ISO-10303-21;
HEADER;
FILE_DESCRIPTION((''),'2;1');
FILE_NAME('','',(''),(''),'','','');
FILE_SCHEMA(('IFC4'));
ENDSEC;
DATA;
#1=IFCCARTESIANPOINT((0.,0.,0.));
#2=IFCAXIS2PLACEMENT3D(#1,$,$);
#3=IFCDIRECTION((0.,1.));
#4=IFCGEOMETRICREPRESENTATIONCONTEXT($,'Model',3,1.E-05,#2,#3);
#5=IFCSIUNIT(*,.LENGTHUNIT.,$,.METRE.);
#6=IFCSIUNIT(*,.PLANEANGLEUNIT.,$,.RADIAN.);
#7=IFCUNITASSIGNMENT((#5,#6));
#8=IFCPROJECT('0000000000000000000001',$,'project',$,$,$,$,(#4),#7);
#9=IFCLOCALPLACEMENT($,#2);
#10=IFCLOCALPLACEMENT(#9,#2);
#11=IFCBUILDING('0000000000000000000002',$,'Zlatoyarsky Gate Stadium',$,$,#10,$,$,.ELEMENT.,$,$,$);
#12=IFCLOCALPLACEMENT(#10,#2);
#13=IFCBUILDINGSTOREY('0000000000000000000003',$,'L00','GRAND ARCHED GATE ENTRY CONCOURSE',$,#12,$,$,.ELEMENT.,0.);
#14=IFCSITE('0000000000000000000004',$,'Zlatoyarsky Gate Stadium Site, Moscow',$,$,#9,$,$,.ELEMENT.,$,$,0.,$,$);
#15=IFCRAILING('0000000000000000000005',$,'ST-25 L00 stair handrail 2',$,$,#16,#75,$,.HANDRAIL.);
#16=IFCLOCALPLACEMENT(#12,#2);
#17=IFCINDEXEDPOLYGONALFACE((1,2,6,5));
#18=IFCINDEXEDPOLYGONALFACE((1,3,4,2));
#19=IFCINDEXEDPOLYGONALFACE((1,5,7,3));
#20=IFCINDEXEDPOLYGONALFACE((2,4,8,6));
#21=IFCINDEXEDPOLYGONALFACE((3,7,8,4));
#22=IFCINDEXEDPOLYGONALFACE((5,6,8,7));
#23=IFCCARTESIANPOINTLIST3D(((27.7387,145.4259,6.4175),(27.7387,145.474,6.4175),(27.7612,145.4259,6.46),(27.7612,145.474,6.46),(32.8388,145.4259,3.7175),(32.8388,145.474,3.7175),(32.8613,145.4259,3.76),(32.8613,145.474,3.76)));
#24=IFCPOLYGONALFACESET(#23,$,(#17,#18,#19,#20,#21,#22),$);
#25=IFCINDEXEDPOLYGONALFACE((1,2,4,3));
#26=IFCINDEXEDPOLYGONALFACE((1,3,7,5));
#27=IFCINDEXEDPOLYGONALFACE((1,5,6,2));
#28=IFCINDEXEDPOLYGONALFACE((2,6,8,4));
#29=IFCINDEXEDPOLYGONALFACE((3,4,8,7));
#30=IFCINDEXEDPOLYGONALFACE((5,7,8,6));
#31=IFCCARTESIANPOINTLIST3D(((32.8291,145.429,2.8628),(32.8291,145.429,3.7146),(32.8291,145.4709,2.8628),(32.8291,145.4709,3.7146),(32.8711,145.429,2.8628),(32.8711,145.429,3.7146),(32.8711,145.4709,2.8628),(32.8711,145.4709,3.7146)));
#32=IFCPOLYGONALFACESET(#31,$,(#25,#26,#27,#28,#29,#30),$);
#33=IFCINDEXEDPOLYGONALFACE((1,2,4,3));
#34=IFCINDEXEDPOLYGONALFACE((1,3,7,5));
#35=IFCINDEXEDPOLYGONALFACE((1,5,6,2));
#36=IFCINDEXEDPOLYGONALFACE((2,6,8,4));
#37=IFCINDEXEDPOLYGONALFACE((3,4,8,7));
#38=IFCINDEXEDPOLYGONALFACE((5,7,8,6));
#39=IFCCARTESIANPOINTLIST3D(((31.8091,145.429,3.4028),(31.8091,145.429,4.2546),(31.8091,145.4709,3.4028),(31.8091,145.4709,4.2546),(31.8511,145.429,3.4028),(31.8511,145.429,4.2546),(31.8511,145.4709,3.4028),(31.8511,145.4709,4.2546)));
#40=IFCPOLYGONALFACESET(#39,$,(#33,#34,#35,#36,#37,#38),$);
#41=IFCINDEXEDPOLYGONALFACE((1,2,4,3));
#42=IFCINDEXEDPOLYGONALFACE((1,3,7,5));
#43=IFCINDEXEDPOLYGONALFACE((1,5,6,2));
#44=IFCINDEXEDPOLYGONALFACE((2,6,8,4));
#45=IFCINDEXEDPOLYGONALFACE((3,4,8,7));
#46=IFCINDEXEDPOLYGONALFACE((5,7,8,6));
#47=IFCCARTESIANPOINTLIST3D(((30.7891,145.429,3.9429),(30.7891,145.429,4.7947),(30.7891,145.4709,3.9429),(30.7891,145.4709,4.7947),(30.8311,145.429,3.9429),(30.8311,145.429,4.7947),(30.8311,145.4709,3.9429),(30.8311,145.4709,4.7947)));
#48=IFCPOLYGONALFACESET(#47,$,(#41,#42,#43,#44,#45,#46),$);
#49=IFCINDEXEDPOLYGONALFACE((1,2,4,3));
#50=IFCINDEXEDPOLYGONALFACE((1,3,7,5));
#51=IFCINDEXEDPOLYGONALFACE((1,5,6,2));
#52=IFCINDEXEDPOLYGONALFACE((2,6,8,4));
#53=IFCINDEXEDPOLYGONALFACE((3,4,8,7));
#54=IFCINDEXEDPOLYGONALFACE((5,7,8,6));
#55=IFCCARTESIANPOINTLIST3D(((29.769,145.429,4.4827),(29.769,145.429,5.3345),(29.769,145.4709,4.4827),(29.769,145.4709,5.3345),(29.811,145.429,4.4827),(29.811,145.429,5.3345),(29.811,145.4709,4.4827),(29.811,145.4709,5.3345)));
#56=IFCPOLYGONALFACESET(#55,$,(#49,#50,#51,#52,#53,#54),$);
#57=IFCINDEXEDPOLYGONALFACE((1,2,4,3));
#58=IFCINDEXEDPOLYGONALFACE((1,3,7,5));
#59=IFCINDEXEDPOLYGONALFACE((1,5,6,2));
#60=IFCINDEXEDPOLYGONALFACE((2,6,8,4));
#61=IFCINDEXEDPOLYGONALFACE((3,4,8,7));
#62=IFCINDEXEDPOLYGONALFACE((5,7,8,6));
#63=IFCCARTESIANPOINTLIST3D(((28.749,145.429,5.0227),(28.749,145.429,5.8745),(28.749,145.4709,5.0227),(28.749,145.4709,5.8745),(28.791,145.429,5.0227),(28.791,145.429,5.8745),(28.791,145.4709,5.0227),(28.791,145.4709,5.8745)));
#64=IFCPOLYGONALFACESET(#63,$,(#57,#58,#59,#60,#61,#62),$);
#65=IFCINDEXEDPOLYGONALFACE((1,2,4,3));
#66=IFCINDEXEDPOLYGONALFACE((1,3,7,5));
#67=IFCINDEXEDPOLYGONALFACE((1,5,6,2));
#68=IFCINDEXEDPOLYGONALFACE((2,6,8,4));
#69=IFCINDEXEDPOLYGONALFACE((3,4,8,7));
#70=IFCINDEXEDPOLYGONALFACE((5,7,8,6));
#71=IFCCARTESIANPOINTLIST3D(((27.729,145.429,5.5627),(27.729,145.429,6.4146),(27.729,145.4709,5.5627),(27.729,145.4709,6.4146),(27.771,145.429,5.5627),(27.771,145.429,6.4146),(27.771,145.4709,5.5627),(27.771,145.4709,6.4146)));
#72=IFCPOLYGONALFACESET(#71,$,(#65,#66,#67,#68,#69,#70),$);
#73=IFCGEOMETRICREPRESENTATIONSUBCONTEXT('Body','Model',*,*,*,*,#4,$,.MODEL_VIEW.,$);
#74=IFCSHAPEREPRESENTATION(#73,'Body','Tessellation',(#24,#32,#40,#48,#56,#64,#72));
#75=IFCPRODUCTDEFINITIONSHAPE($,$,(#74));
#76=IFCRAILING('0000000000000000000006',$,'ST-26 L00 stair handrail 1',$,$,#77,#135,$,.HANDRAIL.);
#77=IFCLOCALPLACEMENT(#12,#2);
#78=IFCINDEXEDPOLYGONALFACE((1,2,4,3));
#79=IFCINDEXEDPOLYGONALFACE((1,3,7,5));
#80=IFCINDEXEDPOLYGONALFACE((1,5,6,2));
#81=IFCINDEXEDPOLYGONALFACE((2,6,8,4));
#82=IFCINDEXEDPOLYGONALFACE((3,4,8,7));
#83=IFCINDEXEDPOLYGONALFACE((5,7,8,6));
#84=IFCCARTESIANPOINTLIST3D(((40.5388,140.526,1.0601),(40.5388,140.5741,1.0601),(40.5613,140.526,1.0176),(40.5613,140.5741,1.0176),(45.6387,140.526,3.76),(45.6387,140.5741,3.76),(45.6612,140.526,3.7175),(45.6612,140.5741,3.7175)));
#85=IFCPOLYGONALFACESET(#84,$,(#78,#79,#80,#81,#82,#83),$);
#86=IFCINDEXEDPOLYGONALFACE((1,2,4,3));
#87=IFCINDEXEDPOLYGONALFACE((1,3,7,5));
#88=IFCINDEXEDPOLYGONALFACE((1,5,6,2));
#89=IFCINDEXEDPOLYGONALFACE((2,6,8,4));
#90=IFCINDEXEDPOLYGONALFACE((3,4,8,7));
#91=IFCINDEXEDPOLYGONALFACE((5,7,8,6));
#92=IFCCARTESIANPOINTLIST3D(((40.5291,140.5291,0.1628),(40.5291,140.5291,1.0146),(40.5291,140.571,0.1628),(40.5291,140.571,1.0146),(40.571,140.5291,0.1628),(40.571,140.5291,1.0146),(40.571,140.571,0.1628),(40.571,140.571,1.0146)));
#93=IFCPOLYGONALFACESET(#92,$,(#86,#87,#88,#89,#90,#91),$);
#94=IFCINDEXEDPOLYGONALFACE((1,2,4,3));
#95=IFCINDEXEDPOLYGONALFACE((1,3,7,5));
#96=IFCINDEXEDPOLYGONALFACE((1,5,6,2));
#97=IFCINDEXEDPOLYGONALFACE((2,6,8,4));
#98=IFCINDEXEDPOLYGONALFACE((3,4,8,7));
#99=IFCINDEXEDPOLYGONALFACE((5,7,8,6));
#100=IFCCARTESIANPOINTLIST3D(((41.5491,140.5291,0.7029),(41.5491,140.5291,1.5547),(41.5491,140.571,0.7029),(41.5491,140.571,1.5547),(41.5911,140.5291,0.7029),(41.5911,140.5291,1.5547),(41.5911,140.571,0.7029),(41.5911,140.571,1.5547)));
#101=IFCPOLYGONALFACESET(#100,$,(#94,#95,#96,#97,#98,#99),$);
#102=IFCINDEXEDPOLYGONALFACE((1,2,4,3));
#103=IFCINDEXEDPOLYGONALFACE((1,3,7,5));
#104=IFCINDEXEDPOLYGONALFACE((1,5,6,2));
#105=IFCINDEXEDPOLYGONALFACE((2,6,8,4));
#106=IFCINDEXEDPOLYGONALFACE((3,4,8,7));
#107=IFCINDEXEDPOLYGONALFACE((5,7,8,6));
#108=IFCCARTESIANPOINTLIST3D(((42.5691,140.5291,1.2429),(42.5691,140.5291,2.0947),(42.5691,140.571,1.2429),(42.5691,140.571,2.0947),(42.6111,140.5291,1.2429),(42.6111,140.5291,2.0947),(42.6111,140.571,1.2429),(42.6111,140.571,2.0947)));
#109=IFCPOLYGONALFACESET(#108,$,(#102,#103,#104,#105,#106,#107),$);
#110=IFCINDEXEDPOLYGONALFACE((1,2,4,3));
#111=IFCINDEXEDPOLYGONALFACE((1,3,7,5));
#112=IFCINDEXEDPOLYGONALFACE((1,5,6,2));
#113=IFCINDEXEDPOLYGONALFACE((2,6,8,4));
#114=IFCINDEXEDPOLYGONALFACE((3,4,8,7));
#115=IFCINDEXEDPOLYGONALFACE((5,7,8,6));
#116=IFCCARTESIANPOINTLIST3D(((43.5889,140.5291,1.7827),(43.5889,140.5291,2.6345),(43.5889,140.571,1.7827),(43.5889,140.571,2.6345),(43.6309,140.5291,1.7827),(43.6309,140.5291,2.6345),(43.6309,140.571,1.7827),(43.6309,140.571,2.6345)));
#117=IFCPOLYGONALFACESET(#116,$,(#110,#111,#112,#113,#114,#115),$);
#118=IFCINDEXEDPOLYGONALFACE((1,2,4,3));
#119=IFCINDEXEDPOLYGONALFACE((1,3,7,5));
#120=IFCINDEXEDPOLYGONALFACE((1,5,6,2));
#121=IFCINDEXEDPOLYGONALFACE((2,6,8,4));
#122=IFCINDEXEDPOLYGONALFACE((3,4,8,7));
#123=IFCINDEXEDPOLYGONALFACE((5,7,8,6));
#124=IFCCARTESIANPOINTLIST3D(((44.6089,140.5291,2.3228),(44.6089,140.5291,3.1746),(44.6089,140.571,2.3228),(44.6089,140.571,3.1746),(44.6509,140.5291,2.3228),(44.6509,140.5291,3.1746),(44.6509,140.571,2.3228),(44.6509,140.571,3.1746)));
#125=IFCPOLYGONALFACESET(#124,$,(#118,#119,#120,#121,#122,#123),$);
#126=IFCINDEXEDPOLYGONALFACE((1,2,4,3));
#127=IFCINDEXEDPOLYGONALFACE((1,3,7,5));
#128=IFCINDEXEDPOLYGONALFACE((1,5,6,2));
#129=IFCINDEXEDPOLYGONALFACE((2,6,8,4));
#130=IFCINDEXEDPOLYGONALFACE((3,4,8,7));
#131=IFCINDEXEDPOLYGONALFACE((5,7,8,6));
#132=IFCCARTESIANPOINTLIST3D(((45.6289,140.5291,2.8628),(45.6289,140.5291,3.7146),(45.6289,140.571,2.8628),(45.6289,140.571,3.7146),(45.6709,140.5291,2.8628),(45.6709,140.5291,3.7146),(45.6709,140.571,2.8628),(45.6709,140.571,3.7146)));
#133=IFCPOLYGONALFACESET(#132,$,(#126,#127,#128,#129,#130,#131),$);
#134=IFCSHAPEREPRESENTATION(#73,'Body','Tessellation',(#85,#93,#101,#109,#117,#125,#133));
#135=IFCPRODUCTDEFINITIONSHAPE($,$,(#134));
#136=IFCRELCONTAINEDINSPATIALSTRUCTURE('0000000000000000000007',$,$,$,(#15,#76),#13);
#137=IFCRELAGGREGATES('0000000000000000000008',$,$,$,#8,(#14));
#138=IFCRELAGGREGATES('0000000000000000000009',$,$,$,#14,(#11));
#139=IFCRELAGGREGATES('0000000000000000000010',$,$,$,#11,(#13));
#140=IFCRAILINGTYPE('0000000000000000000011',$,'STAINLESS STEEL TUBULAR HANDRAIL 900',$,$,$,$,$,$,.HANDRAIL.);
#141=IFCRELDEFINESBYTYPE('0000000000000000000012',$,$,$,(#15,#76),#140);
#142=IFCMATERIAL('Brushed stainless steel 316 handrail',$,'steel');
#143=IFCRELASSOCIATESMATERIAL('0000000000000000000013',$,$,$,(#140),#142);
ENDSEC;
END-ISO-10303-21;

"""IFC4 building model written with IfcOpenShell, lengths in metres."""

from ifc_helpers import new_model, si_unit, direction, frame, origin, origin_2d, place, context, subcontext, project, spatial, rectangle, extrude, material, type_object, element, save


model = new_model("IFC4")

# Units and contexts
model_context = context("Model", 3, precision=1e-05, world=origin(), true_north=direction((0.0, 1.0)))
body_context = subcontext(model_context, "Body", "Model", "MODEL_VIEW")
ifc_project = project(units=[si_unit("LENGTHUNIT", "METRE"), si_unit("PLANEANGLEUNIT", "RADIAN")], contexts=[model_context])

# Site, building, storey
site_placement = place(None, origin())
site = spatial("IfcSite", under=ifc_project, at=site_placement, Name="Zlatoyarsky Gate Stadium Site, Moscow", CompositionType="ELEMENT", RefElevation=0.0)
building_placement = place(site_placement, origin())
building = spatial("IfcBuilding", under=site, at=building_placement, Name="Zlatoyarsky Gate Stadium", CompositionType="ELEMENT")
storey_placement = place(building_placement, origin())
storey = spatial("IfcBuildingStorey", under=building, at=storey_placement, Name="L00", Description="GRAND ARCHED GATE ENTRY CONCOURSE", CompositionType="ELEMENT", Elevation=0.0)

# Railings
ifc_material_1 = material(Name="Brushed stainless steel 316 handrail", Category="steel")
railing_type_1 = type_object("IfcRailingType", Name="STAINLESS STEEL TUBULAR HANDRAIL 900", PredefinedType="HANDRAIL", material=ifc_material_1)
railing_1_placement = place(storey_placement, frame((32.8501, 145.45, 2.8628)))
element("IfcRailing", 1, at=railing_1_placement, inside=storey, type_object=railing_type_1, Name="ST-25 L00 stair handrail 2", PredefinedType="HANDRAIL", context=body_context, shape_type="SweptSolid", body=[
    extrude(rectangle(XDim=0.0481, YDim=0.0481, at=origin_2d()), frame((0.0, 0.0, 0.876), z_axis=(-0.883795, 0.0, 0.467874), x_axis=(0.0, -1.0, 0.0)), (0.0, 0.0, 1.0), 5.7708),
    extrude(rectangle(XDim=0.042, YDim=0.042, at=origin_2d()), origin(), (0.0, 0.0, 1.0), 0.8518),
    extrude(rectangle(XDim=0.042, YDim=0.042, at=origin_2d()), frame((-1.02, 0.0, 0.54)), (0.0, 0.0, 1.0), 0.8518),
    extrude(rectangle(XDim=0.042, YDim=0.042, at=origin_2d()), frame((-2.04, 0.0, 1.0801)), (0.0, 0.0, 1.0), 0.8518),
    extrude(rectangle(XDim=0.042, YDim=0.042, at=origin_2d()), frame((-3.0601, 0.0, 1.6199)), (0.0, 0.0, 1.0), 0.8518),
    extrude(rectangle(XDim=0.042, YDim=0.042, at=origin_2d()), frame((-4.0801, 0.0, 2.1599)), (0.0, 0.0, 1.0), 0.8518),
    extrude(rectangle(XDim=0.042, YDim=0.042, at=origin_2d()), frame((-5.1001, 0.0, 2.7)), (0.0, 0.0, 1.0), 0.8518),
])
railing_2_placement = place(storey_placement, frame((40.55, 140.55, 0.1628)))
element("IfcRailing", 2, at=railing_2_placement, inside=storey, type_object=railing_type_1, Name="ST-26 L00 stair handrail 1", PredefinedType="HANDRAIL", context=body_context, shape_type="SweptSolid", body=[
    extrude(rectangle(XDim=0.0481, YDim=0.0481, at=origin_2d()), frame((0.0, 0.0, 0.876), z_axis=(0.883786, 0.0, 0.467892), x_axis=(0.0, 1.0, 0.0)), (0.0, 0.0, 1.0), 5.7705),
    extrude(rectangle(XDim=0.042, YDim=0.042, at=origin_2d()), origin(), (0.0, 0.0, 1.0), 0.8518),
    extrude(rectangle(XDim=0.042, YDim=0.042, at=origin_2d()), frame((1.02, 0.0, 0.54)), (0.0, 0.0, 1.0), 0.8518),
    extrude(rectangle(XDim=0.042, YDim=0.042, at=origin_2d()), frame((2.04, 0.0, 1.0801)), (0.0, 0.0, 1.0), 0.8518),
    extrude(rectangle(XDim=0.042, YDim=0.042, at=origin_2d()), frame((3.0598, 0.0, 1.6199)), (0.0, 0.0, 1.0), 0.8518),
    extrude(rectangle(XDim=0.042, YDim=0.042, at=origin_2d()), frame((4.0798, 0.0, 2.1599)), (0.0, 0.0, 1.0), 0.8518),
    extrude(rectangle(XDim=0.042, YDim=0.042, at=origin_2d()), frame((5.0999, 0.0, 2.7)), (0.0, 0.0, 1.0), 0.8518),
])

save(model, "model.ifc")
